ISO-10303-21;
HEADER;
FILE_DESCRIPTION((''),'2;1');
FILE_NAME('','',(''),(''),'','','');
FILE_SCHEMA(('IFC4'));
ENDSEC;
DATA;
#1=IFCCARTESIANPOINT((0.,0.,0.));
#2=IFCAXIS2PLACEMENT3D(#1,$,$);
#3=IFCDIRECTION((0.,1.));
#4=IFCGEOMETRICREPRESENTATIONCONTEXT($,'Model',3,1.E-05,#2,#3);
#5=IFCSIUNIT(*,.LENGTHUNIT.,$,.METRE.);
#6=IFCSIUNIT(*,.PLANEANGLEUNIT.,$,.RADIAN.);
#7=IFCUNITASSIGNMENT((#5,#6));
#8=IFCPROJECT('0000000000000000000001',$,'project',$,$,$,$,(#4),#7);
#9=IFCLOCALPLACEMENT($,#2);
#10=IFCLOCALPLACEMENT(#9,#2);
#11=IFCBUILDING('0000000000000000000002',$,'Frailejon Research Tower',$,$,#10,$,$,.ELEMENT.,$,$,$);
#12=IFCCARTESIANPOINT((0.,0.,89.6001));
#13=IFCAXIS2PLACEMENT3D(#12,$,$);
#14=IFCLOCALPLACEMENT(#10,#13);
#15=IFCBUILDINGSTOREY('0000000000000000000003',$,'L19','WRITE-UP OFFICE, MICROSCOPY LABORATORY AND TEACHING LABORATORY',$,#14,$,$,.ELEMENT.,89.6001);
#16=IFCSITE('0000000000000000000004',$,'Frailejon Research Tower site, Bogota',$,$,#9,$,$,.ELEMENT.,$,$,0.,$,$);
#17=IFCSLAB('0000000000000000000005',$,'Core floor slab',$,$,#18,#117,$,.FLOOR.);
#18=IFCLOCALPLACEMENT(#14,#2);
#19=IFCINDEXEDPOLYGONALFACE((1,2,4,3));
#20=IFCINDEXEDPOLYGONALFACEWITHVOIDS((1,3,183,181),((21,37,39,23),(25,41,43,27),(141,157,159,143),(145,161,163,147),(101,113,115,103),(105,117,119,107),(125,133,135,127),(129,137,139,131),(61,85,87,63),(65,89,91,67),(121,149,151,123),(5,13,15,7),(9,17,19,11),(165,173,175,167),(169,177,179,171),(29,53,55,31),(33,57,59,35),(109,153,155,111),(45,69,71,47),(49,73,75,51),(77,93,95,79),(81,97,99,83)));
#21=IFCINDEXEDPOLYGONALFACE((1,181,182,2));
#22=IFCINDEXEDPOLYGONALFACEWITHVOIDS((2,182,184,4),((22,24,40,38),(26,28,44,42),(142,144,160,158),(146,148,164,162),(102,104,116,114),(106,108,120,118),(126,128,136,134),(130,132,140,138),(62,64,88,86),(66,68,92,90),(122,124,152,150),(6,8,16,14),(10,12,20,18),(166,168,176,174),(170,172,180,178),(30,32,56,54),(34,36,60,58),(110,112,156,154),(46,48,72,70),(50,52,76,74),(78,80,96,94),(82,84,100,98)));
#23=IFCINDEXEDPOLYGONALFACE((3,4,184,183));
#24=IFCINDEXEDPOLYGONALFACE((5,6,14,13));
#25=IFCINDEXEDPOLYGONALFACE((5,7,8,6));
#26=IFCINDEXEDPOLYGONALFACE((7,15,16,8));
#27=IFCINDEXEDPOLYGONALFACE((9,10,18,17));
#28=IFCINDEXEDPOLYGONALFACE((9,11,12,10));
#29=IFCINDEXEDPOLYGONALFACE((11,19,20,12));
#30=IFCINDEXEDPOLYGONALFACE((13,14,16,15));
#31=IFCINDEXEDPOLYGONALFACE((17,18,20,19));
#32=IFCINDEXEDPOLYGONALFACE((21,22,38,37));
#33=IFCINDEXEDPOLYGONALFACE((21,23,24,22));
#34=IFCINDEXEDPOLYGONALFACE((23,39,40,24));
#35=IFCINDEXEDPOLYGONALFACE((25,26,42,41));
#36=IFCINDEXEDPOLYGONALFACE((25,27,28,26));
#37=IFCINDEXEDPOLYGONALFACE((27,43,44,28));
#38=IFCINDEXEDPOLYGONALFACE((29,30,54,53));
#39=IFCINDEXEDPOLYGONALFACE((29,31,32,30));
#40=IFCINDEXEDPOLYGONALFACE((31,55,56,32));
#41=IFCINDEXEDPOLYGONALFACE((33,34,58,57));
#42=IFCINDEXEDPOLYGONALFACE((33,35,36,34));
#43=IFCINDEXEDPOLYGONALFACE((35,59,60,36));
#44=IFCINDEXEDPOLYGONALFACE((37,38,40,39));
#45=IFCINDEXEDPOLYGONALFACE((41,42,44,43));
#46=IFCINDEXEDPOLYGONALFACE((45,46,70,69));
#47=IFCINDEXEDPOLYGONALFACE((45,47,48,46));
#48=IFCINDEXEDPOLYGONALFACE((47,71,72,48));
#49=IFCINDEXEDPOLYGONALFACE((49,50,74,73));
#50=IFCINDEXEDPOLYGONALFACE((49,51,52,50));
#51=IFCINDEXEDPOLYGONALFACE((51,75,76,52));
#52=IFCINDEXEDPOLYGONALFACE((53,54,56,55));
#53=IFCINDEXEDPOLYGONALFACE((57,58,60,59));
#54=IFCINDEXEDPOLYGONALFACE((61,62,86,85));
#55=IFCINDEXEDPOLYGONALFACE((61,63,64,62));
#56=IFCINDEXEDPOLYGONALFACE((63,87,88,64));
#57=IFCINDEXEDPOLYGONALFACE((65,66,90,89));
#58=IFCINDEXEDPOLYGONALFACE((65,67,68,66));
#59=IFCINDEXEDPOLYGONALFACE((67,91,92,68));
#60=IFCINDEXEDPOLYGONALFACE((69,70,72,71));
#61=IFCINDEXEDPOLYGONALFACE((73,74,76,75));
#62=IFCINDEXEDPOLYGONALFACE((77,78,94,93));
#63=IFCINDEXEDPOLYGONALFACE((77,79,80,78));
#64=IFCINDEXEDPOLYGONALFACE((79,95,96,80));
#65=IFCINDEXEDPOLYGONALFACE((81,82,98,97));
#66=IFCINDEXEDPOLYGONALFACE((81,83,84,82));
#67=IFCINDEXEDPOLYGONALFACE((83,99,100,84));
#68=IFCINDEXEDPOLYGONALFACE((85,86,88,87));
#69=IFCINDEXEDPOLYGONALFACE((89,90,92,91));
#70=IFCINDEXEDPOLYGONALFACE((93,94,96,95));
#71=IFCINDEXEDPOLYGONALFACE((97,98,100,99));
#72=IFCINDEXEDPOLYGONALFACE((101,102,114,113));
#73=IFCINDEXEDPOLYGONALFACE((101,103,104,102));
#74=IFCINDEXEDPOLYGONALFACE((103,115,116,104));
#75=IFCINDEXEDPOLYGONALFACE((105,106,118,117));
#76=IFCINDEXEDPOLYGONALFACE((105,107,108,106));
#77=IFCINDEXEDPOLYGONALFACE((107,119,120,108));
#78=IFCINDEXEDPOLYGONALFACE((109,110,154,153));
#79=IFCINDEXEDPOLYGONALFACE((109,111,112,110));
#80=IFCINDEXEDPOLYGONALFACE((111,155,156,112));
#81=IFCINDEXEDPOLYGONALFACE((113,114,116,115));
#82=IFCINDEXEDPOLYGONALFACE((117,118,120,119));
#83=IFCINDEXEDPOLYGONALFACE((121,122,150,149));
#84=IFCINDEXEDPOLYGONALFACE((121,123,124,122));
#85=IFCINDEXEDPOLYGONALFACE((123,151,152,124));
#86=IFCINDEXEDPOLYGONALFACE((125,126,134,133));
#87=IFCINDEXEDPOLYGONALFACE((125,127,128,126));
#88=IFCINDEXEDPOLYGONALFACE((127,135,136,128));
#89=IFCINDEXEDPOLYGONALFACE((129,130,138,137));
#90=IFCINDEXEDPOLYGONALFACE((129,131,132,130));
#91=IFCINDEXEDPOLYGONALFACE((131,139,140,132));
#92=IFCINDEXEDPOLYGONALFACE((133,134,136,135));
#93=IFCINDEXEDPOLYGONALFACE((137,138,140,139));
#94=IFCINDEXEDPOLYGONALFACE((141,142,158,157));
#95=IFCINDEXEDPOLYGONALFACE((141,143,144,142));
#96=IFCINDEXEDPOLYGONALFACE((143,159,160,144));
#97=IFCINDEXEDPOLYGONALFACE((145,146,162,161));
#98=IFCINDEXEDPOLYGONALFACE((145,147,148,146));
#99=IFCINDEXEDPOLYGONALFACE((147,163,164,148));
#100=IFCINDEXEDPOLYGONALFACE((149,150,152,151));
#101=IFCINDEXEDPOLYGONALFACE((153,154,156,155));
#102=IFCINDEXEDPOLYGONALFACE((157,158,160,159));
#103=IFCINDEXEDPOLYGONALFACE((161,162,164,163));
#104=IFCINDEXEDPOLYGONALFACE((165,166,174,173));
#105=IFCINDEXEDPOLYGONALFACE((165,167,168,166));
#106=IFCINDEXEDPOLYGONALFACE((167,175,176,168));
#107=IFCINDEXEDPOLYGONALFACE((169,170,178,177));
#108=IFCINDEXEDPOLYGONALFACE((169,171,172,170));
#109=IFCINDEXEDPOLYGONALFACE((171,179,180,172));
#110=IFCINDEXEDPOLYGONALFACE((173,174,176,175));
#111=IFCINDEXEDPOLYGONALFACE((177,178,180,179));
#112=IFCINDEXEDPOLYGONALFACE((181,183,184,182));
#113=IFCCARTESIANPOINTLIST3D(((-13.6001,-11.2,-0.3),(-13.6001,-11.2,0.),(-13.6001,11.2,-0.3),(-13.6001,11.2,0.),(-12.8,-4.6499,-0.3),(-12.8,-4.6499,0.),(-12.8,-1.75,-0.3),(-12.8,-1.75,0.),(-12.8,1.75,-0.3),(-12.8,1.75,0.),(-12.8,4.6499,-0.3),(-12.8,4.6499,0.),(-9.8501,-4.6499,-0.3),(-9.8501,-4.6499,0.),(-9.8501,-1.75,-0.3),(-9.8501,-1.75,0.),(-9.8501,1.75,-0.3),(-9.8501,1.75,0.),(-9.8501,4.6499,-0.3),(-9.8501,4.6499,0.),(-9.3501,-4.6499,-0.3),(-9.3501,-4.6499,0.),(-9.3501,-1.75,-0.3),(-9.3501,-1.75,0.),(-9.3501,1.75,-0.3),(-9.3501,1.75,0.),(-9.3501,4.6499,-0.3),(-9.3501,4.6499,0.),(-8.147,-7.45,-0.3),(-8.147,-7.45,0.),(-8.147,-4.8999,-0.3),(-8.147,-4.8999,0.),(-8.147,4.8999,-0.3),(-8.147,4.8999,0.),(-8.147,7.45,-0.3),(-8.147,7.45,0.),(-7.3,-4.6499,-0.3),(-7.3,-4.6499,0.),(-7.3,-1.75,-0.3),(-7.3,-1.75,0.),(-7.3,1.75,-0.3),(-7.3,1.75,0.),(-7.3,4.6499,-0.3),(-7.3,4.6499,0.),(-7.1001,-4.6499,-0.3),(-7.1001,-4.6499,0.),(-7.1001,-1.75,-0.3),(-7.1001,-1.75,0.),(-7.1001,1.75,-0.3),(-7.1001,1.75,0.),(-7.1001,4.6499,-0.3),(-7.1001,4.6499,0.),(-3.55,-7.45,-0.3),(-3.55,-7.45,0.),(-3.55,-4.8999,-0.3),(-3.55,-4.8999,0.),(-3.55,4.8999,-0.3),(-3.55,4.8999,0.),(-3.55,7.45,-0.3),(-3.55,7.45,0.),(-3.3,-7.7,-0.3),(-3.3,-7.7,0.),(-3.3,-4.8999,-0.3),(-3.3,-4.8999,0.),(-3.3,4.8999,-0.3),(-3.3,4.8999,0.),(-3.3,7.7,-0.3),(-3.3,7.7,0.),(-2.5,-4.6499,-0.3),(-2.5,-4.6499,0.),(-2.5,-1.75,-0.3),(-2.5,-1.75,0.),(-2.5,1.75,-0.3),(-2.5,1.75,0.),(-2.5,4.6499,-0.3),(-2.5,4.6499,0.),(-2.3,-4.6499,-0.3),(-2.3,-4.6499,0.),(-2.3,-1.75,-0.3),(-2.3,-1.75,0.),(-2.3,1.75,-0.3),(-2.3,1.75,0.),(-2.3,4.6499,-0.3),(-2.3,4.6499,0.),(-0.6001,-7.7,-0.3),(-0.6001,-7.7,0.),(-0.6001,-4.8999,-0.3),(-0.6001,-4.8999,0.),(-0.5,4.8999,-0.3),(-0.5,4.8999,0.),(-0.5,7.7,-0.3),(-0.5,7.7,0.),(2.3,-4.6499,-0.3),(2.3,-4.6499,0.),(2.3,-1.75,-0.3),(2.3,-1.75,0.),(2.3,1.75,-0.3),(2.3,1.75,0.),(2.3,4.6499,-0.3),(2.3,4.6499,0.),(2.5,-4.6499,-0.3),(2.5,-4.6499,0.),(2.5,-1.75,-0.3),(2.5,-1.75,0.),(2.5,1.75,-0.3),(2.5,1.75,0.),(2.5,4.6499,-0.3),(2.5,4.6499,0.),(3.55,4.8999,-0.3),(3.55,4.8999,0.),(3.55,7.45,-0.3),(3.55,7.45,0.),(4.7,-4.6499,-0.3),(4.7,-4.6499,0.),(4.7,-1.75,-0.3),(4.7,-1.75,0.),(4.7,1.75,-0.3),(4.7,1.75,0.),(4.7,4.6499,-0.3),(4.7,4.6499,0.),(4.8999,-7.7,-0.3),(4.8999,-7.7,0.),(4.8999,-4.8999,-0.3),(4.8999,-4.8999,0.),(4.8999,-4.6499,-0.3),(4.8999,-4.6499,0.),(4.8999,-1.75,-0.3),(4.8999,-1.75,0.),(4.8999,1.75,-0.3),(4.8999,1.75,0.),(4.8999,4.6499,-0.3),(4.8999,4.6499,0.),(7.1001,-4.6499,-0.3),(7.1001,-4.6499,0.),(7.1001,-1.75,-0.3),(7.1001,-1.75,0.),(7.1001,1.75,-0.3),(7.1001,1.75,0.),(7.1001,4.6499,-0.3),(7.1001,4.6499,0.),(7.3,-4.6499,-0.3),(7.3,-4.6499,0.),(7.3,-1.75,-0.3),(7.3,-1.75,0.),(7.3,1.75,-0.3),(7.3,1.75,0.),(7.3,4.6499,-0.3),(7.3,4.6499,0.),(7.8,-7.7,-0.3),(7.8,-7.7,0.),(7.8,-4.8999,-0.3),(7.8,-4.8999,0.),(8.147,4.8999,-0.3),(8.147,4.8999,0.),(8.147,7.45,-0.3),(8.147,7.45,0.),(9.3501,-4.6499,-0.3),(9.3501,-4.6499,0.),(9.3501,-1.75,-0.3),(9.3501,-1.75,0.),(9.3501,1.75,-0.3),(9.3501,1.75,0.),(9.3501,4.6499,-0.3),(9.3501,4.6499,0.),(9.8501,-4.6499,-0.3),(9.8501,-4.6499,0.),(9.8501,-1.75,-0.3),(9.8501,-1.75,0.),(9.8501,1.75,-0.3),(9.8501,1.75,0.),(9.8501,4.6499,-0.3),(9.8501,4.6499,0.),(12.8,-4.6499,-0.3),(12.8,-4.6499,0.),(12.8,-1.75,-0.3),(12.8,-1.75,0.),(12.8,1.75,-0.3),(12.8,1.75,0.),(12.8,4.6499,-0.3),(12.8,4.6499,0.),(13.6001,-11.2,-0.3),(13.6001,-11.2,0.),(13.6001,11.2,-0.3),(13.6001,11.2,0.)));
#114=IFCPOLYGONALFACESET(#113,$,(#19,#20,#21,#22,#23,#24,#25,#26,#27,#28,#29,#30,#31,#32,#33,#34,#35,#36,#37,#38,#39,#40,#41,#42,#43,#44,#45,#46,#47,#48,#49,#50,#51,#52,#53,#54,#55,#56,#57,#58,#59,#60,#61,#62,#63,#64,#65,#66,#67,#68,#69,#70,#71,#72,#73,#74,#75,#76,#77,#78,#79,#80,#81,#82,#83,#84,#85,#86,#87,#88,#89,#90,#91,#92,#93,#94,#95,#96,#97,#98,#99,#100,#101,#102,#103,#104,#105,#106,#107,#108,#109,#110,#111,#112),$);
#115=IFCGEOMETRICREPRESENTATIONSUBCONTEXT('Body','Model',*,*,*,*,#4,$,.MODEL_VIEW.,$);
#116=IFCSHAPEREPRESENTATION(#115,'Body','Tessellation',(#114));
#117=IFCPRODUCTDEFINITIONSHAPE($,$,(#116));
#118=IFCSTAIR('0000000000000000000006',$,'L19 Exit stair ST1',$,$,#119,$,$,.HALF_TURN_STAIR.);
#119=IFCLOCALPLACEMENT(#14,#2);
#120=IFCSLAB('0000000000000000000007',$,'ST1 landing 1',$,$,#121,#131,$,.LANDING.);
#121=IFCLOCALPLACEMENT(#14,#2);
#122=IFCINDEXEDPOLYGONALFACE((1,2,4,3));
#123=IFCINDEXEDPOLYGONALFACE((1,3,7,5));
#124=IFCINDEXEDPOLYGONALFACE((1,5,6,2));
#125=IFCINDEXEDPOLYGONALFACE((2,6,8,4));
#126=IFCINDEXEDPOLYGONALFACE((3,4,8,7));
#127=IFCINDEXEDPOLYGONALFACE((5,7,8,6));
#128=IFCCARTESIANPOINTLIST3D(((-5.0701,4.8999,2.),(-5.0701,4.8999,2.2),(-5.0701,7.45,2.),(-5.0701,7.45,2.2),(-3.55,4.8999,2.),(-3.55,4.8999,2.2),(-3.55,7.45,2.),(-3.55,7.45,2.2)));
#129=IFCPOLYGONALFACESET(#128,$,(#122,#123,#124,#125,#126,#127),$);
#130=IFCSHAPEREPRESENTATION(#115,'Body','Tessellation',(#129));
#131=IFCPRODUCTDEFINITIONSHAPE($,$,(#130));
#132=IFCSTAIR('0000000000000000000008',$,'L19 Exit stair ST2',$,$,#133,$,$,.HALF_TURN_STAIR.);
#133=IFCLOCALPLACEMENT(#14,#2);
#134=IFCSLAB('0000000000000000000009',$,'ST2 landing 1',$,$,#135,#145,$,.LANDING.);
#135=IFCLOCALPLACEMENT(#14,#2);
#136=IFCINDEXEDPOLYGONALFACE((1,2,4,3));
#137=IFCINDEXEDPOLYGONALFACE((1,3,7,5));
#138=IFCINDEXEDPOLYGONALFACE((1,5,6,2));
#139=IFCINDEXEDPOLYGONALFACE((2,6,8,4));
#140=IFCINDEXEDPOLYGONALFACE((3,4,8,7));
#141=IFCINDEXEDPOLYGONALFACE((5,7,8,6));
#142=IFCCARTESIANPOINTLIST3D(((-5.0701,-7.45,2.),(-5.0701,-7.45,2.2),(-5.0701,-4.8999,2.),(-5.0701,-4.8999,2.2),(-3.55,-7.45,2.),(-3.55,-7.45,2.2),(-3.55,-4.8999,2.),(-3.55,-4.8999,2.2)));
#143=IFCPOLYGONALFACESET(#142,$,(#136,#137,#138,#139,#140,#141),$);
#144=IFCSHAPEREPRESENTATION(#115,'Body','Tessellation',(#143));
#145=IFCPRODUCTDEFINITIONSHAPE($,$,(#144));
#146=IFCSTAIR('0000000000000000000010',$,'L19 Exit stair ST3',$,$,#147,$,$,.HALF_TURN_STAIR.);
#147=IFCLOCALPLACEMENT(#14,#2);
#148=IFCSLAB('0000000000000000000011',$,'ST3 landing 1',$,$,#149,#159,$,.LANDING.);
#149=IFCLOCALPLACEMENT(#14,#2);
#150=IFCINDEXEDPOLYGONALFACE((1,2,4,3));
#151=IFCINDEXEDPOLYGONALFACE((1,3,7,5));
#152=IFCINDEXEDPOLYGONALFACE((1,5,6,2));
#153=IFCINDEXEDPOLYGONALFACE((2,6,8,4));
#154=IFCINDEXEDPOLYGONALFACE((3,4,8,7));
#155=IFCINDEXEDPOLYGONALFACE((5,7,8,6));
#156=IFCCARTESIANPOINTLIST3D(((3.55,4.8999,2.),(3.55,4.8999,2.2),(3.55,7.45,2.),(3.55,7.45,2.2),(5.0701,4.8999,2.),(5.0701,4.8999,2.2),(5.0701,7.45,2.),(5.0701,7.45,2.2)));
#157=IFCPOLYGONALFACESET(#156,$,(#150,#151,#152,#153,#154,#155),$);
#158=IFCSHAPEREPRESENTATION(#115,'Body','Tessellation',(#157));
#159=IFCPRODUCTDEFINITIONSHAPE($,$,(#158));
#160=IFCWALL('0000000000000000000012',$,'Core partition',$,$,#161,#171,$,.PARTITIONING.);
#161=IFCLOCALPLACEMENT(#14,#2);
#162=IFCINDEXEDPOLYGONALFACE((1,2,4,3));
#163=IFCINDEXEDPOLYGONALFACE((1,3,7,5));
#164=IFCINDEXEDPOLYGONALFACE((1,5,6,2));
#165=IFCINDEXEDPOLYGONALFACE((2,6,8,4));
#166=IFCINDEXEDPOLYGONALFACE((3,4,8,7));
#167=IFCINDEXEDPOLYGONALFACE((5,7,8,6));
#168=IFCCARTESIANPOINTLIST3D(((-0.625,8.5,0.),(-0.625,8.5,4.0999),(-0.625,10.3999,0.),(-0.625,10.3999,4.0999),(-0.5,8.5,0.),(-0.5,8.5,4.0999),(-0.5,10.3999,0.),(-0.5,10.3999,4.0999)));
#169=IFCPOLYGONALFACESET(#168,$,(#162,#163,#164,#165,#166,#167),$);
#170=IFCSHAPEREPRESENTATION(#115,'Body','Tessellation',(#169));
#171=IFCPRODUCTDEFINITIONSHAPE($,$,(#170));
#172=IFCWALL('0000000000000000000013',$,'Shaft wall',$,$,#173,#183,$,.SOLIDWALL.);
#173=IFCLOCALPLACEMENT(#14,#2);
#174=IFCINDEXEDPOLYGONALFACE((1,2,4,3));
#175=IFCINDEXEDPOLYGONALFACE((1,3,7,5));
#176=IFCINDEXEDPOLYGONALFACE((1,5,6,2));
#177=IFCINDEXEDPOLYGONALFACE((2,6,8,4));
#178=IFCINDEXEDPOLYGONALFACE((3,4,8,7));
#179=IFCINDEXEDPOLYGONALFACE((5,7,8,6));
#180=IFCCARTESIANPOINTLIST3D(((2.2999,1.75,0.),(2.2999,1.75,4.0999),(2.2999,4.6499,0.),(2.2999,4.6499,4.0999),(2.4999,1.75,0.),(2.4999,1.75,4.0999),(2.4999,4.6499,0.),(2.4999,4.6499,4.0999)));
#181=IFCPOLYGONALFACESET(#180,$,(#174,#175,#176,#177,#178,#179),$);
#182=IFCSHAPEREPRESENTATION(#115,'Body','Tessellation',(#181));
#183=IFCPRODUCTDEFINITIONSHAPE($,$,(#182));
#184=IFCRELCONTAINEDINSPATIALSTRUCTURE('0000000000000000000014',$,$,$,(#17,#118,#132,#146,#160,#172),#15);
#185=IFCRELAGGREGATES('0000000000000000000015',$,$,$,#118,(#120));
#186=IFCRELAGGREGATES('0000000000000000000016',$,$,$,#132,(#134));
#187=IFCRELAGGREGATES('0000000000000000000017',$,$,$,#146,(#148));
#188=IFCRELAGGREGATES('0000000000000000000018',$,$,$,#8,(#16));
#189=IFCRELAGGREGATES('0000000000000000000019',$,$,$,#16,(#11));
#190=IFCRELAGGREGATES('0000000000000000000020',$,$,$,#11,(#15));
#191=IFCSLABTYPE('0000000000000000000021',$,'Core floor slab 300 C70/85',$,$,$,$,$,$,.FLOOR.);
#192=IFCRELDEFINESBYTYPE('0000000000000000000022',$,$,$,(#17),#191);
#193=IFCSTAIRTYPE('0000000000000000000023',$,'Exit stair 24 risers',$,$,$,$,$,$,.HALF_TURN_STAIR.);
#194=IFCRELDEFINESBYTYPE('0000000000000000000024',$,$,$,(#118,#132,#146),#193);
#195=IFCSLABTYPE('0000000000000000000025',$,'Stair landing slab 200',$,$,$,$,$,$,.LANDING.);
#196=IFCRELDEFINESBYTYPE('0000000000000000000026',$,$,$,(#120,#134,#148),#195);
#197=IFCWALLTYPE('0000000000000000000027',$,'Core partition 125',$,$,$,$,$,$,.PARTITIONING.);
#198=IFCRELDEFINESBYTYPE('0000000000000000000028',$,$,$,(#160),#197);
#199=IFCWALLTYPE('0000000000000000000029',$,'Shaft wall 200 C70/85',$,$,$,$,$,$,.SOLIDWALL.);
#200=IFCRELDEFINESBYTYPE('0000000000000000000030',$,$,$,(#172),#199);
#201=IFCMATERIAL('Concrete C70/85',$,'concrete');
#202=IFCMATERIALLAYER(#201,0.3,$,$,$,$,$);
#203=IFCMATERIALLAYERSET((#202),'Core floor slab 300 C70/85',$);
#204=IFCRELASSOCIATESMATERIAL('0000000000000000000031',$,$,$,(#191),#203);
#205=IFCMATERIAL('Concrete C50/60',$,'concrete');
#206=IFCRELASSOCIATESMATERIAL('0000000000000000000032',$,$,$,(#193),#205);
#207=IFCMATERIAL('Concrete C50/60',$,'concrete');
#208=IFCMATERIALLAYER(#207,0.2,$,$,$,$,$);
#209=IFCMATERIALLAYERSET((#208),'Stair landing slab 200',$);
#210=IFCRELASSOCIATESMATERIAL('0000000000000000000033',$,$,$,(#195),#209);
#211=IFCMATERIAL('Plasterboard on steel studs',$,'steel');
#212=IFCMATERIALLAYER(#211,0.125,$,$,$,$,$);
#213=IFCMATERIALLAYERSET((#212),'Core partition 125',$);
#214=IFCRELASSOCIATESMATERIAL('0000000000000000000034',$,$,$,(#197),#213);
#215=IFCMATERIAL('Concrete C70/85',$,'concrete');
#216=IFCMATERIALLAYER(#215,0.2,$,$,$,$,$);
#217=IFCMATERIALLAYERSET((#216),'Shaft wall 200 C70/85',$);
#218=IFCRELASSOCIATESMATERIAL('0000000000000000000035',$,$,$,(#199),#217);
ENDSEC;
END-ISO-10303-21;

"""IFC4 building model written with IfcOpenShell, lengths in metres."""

from ifc_helpers import new_model, si_unit, direction, frame, frame_2d, origin, place, context, subcontext, project, spatial, polyline, rectangle, outline, extrude, material, layer, layer_set, type_object, element, aggregate, save


model = new_model("IFC4")

# Units and contexts
model_context = context("Model", 3, precision=1e-05, world=origin(), true_north=direction((0.0, 1.0)))
body_context = subcontext(model_context, "Body", "Model", "MODEL_VIEW")
ifc_project = project(units=[si_unit("LENGTHUNIT", "METRE"), si_unit("PLANEANGLEUNIT", "RADIAN")], contexts=[model_context])

# Site, building, storey
site_placement = place(None, origin())
site = spatial("IfcSite", under=ifc_project, at=site_placement, Name="Frailejon Research Tower site, Bogota", CompositionType="ELEMENT", RefElevation=0.0)
building_placement = place(site_placement, origin())
building = spatial("IfcBuilding", under=site, at=building_placement, Name="Frailejon Research Tower", CompositionType="ELEMENT")
storey_placement = place(building_placement, frame((0.0, 0.0, 89.6001)))
storey = spatial("IfcBuildingStorey", under=building, at=storey_placement, Name="L19", Description="WRITE-UP OFFICE, MICROSCOPY LABORATORY AND TEACHING LABORATORY", CompositionType="ELEMENT", Elevation=89.6001)

# Slab
ifc_material_1 = material(Name="Concrete C70/85", Category="concrete")
ifc_layer_1 = layer(ifc_material_1, 0.3)
ifc_layer_set_1 = layer_set([ifc_layer_1], Name="Core floor slab 300 C70/85")
slab_type_1 = type_object("IfcSlabType", Name="Core floor slab 300 C70/85", PredefinedType="FLOOR", material=ifc_layer_set_1)
slab_1_placement = place(storey_placement, frame((0.0, 0.0, -0.3)))
element("IfcSlab", 1, at=slab_1_placement, inside=storey, type_object=slab_type_1, Name="Core floor slab", PredefinedType="FLOOR", context=body_context, shape_type="SweptSolid", body=[
    extrude(outline(polyline([(13.6001, -11.2), (13.6001, 11.2), (-13.6001, 11.2), (-13.6001, -11.2), (13.6001, -11.2)]), holes=[polyline([(-9.8501, 1.75), (-9.8501, 4.6499), (-12.8, 4.6499), (-12.8, 1.75), (-9.8501, 1.75)]), polyline([(-7.3, 1.75), (-7.3, 4.6499), (-9.3501, 4.6499), (-9.3501, 1.75), (-7.3, 1.75)]), polyline([(-2.5, 1.75), (-2.5, 4.6499), (-7.1001, 4.6499), (-7.1001, 1.75), (-2.5, 1.75)]), polyline([(2.3, 1.75), (2.3, 4.6499), (-2.3, 4.6499), (-2.3, 1.75), (2.3, 1.75)]), polyline([(4.7, 1.75), (4.7, 4.6499), (2.5, 4.6499), (2.5, 1.75), (4.7, 1.75)]), polyline([(7.1001, 1.75), (7.1001, 4.6499), (4.8999, 4.6499), (4.8999, 1.75), (7.1001, 1.75)]), polyline([(9.3501, 1.75), (9.3501, 4.6499), (7.3, 4.6499), (7.3, 1.75), (9.3501, 1.75)]), polyline([(12.8, 1.75), (12.8, 4.6499), (9.8501, 4.6499), (9.8501, 1.75), (12.8, 1.75)]), polyline([(-9.8501, -4.6499), (-9.8501, -1.75), (-12.8, -1.75), (-12.8, -4.6499), (-9.8501, -4.6499)]), polyline([(-7.3, -4.6499), (-7.3, -1.75), (-9.3501, -1.75), (-9.3501, -4.6499), (-7.3, -4.6499)]), polyline([(-2.5, -4.6499), (-2.5, -1.75), (-7.1001, -1.75), (-7.1001, -4.6499), (-2.5, -4.6499)]), polyline([(2.3, -4.6499), (2.3, -1.75), (-2.3, -1.75), (-2.3, -4.6499), (2.3, -4.6499)]), polyline([(4.7, -4.6499), (4.7, -1.75), (2.5, -1.75), (2.5, -4.6499), (4.7, -4.6499)]), polyline([(7.1001, -4.6499), (7.1001, -1.75), (4.8999, -1.75), (4.8999, -4.6499), (7.1001, -4.6499)]), polyline([(9.3501, -4.6499), (9.3501, -1.75), (7.3, -1.75), (7.3, -4.6499), (9.3501, -4.6499)]), polyline([(12.8, -4.6499), (12.8, -1.75), (9.8501, -1.75), (9.8501, -4.6499), (12.8, -4.6499)]), polyline([(-8.147, 4.8999), (-3.55, 4.8999), (-3.55, 7.45), (-8.147, 7.45), (-8.147, 4.8999)]), polyline([(-8.147, -7.45), (-3.55, -7.45), (-3.55, -4.8999), (-8.147, -4.8999), (-8.147, -7.45)]), polyline([(8.147, 7.45), (3.55, 7.45), (3.55, 4.8999), (8.147, 4.8999), (8.147, 7.45)]), polyline([(-0.6001, -7.7), (-0.6001, -4.8999), (-3.3, -4.8999), (-3.3, -7.7), (-0.6001, -7.7)]), polyline([(7.8, -7.7), (7.8, -4.8999), (4.8999, -4.8999), (4.8999, -7.7), (7.8, -7.7)]), polyline([(-0.5, 4.8999), (-0.5, 7.7), (-3.3, 7.7), (-3.3, 4.8999), (-0.5, 4.8999)])]), origin(), (0.0, 0.0, 1.0), 0.3),
])

# Stairs, slabs
ifc_material_2 = material(Name="Concrete C50/60", Category="concrete")
stair_type = type_object("IfcStairType", Name="Exit stair 24 risers", PredefinedType="HALF_TURN_STAIR", material=ifc_material_2)
stair_1_placement = place(storey_placement, origin())
stair_1 = element("IfcStair", 2, at=stair_1_placement, inside=storey, type_object=stair_type, Name="L19 Exit stair ST1", PredefinedType="HALF_TURN_STAIR")
ifc_material_3 = material(Name="Concrete C50/60", Category="concrete")
ifc_layer_2 = layer(ifc_material_3, 0.2)
ifc_layer_set_2 = layer_set([ifc_layer_2], Name="Stair landing slab 200")
slab_type_2 = type_object("IfcSlabType", Name="Stair landing slab 200", PredefinedType="LANDING", material=ifc_layer_set_2)
slab_2_placement = place(storey_placement, frame((0.0, 0.0, 2.0)))
slab_2 = element("IfcSlab", 3, at=slab_2_placement, type_object=slab_type_2, Name="ST1 landing 1", PredefinedType="LANDING", context=body_context, shape_type="SweptSolid", body=[
    extrude(outline(polyline([(-5.0701, 4.8999), (-3.55, 4.8999), (-3.55, 7.45), (-5.0701, 7.45), (-5.0701, 4.8999)])), origin(), (0.0, 0.0, 1.0), 0.2),
])
aggregate(stair_1, [slab_2])
stair_2_placement = place(storey_placement, origin())
stair_2 = element("IfcStair", 4, at=stair_2_placement, inside=storey, type_object=stair_type, Name="L19 Exit stair ST2", PredefinedType="HALF_TURN_STAIR")
slab_3_placement = place(storey_placement, frame((0.0, 0.0, 2.0)))
slab_3 = element("IfcSlab", 5, at=slab_3_placement, type_object=slab_type_2, Name="ST2 landing 1", PredefinedType="LANDING", context=body_context, shape_type="SweptSolid", body=[
    extrude(outline(polyline([(-5.0701, -7.45), (-3.55, -7.45), (-3.55, -4.8999), (-5.0701, -4.8999), (-5.0701, -7.45)])), origin(), (0.0, 0.0, 1.0), 0.2),
])
aggregate(stair_2, [slab_3])
stair_3_placement = place(storey_placement, origin())
stair_3 = element("IfcStair", 6, at=stair_3_placement, inside=storey, type_object=stair_type, Name="L19 Exit stair ST3", PredefinedType="HALF_TURN_STAIR")
slab_4_placement = place(storey_placement, frame((0.0, 0.0, 2.0)))
slab_4 = element("IfcSlab", 7, at=slab_4_placement, type_object=slab_type_2, Name="ST3 landing 1", PredefinedType="LANDING", context=body_context, shape_type="SweptSolid", body=[
    extrude(outline(polyline([(5.0701, 7.45), (3.55, 7.45), (3.55, 4.8999), (5.0701, 4.8999), (5.0701, 7.45)])), origin(), (0.0, 0.0, 1.0), 0.2),
])

# Walls
ifc_material_4 = material(Name="Plasterboard on steel studs", Category="steel")
ifc_layer_3 = layer(ifc_material_4, 0.125)
ifc_layer_set_3 = layer_set([ifc_layer_3], Name="Core partition 125")
wall_type_1 = type_object("IfcWallType", Name="Core partition 125", PredefinedType="PARTITIONING", material=ifc_layer_set_3)
wall_1_placement = place(storey_placement, frame((-0.5625, 8.5, 0.0), z_axis=(0.0, 0.0, 1.0), x_axis=(0.0, 1.0, 0.0)))
element("IfcWall", 8, at=wall_1_placement, inside=storey, type_object=wall_type_1, Name="Core partition", PredefinedType="PARTITIONING", context=body_context, shape_type="SweptSolid", body=[
    extrude(rectangle(XDim=1.8999, YDim=0.125, at=frame_2d((0.95, 0.0))), origin(), (0.0, 0.0, 1.0), 4.0999),
])
ifc_material_5 = material(Name="Concrete C70/85", Category="concrete")
ifc_layer_4 = layer(ifc_material_5, 0.2)
ifc_layer_set_4 = layer_set([ifc_layer_4], Name="Shaft wall 200 C70/85")
wall_type_2 = type_object("IfcWallType", Name="Shaft wall 200 C70/85", PredefinedType="SOLIDWALL", material=ifc_layer_set_4)
for number, where, z_axis, x_axis, name in (
    (9, (2.3999, 1.75, 0.0), (0.0, 0.0, 1.0), (0.0, 1.0, 0.0), "Shaft wall"),
):
    element("IfcWall", number, at=place(storey_placement, frame(where, z_axis=z_axis, x_axis=x_axis)), inside=storey, type_object=wall_type_2, Name=name, PredefinedType="SOLIDWALL", context=body_context, shape_type="SweptSolid", body=[
        extrude(rectangle(XDim=2.8999, YDim=0.2, at=frame_2d((1.45, 0.0))), origin(), (0.0, 0.0, 1.0), 4.0999),
    ])

aggregate(stair_3, [slab_4])

save(model, "model.ifc")
